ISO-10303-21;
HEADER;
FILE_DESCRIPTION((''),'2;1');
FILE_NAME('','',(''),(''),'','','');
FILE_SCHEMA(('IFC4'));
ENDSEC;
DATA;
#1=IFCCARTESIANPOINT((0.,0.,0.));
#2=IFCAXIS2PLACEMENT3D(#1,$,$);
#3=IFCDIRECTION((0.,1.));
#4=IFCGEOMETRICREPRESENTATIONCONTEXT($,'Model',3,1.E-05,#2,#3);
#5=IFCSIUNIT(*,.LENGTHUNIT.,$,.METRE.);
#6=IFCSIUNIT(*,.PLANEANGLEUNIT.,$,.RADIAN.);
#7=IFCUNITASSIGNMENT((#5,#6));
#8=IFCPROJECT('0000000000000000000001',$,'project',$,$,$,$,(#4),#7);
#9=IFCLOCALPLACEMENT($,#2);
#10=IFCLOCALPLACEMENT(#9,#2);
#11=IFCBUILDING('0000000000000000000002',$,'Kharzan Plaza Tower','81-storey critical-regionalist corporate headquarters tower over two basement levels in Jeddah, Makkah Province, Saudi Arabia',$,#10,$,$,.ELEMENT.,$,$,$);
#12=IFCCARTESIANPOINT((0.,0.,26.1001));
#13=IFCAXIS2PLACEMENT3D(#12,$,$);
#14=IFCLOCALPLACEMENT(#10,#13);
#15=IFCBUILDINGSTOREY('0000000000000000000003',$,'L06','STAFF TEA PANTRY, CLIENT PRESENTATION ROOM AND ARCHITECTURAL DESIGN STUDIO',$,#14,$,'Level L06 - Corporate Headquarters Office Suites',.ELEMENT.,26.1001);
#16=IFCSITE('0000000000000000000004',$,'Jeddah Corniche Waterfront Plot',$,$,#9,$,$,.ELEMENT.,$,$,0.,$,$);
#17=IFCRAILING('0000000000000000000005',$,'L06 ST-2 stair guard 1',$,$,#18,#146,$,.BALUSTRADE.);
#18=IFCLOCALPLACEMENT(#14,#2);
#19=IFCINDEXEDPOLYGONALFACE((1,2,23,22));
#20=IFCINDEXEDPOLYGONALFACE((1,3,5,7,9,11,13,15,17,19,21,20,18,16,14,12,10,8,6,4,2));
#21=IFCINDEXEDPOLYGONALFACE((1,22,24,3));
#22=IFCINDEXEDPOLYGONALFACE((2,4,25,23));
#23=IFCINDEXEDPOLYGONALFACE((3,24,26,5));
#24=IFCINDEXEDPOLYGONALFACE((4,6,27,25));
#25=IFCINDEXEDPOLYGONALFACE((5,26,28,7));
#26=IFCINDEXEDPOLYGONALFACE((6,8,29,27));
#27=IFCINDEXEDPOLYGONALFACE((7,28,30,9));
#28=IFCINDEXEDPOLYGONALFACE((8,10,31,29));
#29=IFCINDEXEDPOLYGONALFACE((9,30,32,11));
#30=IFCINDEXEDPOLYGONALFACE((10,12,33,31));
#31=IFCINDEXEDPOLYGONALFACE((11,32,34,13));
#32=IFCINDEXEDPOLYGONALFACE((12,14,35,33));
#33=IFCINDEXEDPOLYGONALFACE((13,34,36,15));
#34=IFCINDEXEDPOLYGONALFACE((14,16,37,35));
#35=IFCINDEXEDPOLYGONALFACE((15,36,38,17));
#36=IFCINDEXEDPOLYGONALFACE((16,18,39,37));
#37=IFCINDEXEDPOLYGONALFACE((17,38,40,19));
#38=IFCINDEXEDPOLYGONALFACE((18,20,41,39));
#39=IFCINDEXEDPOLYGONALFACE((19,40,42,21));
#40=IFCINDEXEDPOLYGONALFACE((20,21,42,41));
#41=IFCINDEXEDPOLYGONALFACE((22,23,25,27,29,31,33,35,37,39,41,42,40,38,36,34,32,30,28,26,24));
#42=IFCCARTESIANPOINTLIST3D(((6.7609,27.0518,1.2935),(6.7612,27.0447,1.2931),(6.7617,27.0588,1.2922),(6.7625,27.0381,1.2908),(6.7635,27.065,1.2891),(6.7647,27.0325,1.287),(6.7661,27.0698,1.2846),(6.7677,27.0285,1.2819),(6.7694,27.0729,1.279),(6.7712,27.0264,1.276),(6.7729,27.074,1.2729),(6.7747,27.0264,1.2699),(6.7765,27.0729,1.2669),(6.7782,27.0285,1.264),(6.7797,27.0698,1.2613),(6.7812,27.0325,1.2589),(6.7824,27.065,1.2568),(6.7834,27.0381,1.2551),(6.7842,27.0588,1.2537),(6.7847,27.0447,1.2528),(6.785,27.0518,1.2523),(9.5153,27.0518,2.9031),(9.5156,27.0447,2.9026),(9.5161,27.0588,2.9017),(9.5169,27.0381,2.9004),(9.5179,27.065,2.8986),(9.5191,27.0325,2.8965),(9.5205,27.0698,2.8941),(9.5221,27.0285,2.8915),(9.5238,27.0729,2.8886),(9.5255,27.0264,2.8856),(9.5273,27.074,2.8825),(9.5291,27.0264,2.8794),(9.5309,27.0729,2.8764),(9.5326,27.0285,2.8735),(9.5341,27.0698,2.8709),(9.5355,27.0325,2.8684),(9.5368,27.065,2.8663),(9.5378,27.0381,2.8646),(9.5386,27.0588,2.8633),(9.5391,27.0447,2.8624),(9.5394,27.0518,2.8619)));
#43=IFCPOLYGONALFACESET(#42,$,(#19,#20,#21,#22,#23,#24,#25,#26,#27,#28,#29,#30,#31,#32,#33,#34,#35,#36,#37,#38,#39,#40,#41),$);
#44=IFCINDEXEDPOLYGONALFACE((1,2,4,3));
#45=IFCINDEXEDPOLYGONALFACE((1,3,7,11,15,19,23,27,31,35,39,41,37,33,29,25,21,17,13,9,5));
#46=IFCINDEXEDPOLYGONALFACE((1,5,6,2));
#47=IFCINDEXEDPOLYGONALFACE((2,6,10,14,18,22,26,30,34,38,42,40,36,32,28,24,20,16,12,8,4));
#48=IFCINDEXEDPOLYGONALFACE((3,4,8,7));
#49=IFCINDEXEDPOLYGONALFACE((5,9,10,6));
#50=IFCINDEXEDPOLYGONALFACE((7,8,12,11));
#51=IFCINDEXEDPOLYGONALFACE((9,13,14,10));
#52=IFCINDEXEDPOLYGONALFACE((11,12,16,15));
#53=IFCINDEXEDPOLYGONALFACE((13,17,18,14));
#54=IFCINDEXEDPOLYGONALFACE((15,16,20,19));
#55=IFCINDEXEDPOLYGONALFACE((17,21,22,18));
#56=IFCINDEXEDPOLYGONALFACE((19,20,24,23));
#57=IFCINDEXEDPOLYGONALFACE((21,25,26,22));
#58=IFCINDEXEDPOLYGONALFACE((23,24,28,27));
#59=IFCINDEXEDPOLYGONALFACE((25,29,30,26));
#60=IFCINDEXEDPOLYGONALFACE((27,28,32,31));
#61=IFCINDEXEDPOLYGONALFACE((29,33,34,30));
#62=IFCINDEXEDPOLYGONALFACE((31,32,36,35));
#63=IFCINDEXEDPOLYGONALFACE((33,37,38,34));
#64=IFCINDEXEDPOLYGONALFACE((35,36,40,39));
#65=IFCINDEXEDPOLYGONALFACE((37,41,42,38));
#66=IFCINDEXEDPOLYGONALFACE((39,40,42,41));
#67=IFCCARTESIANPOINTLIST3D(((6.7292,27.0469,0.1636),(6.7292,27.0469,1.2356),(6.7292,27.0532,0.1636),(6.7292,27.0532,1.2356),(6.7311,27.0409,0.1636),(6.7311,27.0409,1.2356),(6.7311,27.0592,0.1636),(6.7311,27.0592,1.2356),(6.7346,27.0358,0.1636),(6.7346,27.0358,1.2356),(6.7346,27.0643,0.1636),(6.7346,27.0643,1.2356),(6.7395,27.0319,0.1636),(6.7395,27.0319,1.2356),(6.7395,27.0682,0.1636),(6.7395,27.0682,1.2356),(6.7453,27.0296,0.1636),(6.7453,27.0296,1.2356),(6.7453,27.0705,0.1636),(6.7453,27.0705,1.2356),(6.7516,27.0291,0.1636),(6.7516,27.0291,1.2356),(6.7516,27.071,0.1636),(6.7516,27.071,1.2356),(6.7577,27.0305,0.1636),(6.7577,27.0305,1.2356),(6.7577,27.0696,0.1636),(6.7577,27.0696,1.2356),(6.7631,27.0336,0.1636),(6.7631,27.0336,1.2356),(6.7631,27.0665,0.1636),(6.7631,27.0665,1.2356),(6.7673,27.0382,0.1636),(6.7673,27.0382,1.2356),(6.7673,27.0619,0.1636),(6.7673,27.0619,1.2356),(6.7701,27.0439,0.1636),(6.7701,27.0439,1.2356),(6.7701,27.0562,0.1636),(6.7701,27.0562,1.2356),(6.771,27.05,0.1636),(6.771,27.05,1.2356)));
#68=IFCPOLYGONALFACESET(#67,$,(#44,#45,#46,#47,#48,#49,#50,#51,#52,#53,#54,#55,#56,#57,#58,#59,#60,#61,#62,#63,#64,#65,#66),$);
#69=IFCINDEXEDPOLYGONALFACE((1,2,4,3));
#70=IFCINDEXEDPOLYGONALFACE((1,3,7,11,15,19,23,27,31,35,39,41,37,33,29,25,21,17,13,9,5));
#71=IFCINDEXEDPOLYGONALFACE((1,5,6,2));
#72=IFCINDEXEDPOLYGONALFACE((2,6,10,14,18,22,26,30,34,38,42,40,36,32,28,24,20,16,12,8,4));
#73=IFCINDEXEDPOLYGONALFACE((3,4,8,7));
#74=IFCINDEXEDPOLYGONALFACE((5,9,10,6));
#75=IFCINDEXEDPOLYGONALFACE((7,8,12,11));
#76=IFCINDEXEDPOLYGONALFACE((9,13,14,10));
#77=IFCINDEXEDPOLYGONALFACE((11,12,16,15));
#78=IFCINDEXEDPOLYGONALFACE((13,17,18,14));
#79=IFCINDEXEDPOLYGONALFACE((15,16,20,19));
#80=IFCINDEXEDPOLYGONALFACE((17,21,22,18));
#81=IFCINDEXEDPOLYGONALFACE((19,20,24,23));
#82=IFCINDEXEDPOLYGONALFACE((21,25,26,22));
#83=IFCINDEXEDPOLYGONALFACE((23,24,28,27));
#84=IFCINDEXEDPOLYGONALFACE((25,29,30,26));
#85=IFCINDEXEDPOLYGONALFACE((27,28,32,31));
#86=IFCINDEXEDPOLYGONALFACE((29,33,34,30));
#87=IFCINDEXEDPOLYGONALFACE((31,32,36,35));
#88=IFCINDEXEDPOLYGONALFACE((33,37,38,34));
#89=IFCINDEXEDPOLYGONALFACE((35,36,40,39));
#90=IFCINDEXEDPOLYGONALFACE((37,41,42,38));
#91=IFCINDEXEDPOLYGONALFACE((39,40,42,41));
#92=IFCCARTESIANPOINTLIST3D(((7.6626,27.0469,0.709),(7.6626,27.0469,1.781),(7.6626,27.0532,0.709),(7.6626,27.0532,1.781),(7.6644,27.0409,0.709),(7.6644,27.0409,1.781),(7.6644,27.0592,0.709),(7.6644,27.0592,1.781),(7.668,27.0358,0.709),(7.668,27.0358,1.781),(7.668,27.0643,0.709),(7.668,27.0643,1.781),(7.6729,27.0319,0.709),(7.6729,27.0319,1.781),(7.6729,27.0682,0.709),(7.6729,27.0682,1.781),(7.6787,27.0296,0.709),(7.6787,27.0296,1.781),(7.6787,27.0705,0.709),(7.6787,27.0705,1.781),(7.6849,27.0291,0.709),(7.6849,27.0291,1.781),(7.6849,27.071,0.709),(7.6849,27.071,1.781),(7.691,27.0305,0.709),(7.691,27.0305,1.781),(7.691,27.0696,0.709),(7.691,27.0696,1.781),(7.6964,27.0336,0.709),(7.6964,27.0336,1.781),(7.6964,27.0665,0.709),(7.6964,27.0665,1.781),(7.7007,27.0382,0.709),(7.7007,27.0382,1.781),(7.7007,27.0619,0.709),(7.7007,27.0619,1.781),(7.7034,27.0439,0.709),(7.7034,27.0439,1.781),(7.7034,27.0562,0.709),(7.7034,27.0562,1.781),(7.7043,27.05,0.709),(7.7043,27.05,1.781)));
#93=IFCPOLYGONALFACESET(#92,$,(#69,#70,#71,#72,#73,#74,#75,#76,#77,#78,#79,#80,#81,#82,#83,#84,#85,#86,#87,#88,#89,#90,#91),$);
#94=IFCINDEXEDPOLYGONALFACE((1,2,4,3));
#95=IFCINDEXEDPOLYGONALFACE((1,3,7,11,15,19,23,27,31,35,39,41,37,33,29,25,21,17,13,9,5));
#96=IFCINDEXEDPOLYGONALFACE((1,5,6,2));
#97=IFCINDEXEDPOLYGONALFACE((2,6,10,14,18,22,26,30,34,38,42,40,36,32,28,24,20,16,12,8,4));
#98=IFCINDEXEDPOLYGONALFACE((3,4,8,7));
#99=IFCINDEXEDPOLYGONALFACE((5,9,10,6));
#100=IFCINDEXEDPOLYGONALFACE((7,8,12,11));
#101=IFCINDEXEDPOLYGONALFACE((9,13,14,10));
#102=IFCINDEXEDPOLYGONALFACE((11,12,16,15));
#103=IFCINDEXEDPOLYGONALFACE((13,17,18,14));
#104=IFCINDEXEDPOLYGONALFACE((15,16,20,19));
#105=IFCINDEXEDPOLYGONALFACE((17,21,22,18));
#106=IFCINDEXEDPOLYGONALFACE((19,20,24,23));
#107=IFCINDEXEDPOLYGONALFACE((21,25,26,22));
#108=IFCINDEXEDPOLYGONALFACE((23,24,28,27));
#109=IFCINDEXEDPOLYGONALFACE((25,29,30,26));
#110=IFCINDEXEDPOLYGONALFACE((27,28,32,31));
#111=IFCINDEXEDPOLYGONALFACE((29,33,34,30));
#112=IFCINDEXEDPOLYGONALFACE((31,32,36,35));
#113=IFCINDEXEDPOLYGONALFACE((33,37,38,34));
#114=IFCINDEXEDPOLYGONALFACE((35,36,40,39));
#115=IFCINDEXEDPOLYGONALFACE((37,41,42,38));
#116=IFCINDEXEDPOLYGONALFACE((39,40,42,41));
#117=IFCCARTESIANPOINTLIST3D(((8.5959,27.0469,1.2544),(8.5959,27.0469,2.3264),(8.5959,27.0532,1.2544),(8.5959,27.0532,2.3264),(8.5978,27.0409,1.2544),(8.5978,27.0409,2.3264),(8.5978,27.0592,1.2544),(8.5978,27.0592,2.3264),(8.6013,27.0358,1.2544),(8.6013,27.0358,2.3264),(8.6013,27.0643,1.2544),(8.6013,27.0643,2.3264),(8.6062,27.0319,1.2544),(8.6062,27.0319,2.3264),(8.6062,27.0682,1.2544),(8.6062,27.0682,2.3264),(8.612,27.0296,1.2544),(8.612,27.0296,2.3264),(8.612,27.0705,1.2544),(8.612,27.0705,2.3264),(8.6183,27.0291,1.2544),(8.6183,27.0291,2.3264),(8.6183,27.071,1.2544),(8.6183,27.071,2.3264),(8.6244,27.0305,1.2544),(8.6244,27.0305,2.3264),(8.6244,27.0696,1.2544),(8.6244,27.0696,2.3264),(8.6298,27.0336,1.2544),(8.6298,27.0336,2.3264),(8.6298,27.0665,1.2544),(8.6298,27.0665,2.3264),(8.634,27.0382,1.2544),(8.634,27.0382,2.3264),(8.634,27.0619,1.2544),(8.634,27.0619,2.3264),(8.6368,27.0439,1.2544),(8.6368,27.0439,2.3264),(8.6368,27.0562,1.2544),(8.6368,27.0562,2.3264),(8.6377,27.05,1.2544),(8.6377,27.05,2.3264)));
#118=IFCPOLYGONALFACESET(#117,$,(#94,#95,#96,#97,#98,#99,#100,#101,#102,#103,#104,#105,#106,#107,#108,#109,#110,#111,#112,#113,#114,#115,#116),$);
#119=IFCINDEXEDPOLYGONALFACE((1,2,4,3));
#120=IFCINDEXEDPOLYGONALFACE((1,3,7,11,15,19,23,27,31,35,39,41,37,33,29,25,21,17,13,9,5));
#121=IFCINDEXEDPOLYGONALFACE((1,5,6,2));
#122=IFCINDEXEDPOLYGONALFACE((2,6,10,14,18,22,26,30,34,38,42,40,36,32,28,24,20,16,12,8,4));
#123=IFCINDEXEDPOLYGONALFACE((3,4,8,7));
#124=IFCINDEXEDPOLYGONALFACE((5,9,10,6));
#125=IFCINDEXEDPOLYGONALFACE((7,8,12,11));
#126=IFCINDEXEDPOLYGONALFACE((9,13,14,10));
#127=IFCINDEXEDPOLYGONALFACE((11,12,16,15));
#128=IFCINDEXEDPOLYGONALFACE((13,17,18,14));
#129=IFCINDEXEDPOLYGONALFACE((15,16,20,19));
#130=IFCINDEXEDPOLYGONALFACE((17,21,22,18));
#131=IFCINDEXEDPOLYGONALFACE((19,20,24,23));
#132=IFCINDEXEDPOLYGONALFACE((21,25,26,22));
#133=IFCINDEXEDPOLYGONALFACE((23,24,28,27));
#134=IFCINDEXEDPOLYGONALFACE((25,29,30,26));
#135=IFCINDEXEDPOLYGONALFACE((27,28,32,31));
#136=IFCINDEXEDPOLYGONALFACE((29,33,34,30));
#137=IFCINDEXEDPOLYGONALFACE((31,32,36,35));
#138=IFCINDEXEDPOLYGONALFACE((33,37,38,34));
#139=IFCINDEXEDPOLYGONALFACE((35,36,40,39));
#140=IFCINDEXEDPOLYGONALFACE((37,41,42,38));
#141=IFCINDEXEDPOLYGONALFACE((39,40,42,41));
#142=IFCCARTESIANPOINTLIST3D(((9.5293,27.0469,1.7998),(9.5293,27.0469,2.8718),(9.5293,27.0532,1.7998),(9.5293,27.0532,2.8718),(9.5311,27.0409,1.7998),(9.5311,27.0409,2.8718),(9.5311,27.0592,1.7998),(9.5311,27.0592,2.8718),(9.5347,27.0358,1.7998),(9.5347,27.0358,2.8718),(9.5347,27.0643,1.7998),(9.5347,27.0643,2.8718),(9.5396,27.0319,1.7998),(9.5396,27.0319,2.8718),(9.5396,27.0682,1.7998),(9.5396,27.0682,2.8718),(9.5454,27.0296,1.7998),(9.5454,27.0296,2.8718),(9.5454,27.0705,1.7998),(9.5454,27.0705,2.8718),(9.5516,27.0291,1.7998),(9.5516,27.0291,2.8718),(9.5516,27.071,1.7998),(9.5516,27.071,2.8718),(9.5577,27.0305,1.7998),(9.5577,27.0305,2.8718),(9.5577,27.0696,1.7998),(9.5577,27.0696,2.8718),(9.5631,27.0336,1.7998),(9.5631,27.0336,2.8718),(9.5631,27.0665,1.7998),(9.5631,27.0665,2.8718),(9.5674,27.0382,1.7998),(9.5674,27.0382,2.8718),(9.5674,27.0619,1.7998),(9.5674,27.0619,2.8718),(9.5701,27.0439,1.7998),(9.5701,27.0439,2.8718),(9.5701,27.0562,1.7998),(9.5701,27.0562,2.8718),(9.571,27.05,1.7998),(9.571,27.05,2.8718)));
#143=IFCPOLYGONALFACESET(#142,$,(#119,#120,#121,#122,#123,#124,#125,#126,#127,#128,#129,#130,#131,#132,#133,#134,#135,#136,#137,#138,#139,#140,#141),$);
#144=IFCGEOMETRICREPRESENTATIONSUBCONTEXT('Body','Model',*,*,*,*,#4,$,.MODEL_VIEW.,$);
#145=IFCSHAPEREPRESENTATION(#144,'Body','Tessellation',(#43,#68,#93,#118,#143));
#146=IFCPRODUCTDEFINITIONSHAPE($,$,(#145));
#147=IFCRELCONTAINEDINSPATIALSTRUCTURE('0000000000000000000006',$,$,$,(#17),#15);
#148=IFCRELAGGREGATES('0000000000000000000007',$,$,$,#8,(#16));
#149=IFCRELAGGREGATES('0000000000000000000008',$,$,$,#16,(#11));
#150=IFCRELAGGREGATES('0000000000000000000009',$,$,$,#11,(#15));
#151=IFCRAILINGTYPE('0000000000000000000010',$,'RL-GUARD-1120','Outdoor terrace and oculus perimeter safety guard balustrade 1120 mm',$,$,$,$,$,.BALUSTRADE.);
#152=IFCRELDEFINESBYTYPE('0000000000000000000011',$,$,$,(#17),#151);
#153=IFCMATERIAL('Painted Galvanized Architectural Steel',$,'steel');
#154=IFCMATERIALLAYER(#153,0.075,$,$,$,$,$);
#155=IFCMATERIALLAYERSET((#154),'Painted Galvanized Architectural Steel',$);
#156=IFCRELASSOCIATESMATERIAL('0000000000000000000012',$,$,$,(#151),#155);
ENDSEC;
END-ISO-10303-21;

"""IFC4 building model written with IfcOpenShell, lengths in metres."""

from ifc_helpers import new_model, si_unit, direction, frame, origin, origin_2d, place, context, subcontext, project, spatial, circle, extrude, source, transform, mapped, material, layer, layer_set, type_object, element, save


model = new_model("IFC4")

# Units and contexts
model_context = context("Model", 3, precision=1e-05, world=origin(), true_north=direction((0.0, 1.0)))
body_context = subcontext(model_context, "Body", "Model", "MODEL_VIEW")
ifc_project = project(units=[si_unit("LENGTHUNIT", "METRE"), si_unit("PLANEANGLEUNIT", "RADIAN")], contexts=[model_context])

# Site, building, storey
site_placement = place(None, origin())
site = spatial("IfcSite", under=ifc_project, at=site_placement, Name="Jeddah Corniche Waterfront Plot", CompositionType="ELEMENT", RefElevation=0.0)
building_placement = place(site_placement, origin())
building = spatial("IfcBuilding", under=site, at=building_placement, Name="Kharzan Plaza Tower", Description="81-storey critical-regionalist corporate headquarters tower over two basement levels in Jeddah, Makkah Province, Saudi Arabia", CompositionType="ELEMENT")
storey_placement = place(building_placement, frame((0.0, 0.0, 26.1001)))
storey = spatial("IfcBuildingStorey", under=building, at=storey_placement, Name="L06", Description="STAFF TEA PANTRY, CLIENT PRESENTATION ROOM AND ARCHITECTURAL DESIGN STUDIO", LongName="Level L06 - Corporate Headquarters Office Suites", CompositionType="ELEMENT", Elevation=26.1001)

# Railing
ifc_material_1 = material(Name="Painted Galvanized Architectural Steel", Category="steel")
ifc_layer_1 = layer(ifc_material_1, 0.075)
ifc_layer_set_1 = layer_set([ifc_layer_1], Name="Painted Galvanized Architectural Steel")
railing_type_1 = type_object("IfcRailingType", Name="RL-GUARD-1120", Description="Outdoor terrace and oculus perimeter safety guard balustrade 1120 mm", PredefinedType="BALUSTRADE", material=ifc_layer_set_1)
shared_shape_1 = source(origin(), body_context, "Body", "SweptSolid", [
    extrude(circle(Radius=0.0239, at=origin_2d()), frame((0.0229, 0.0, 1.1094), z_axis=(0.863394, 0.0, 0.504531), x_axis=(0.0, 1.0, 0.0)), (0.0, 0.0, 1.0), 3.1902),
    extrude(circle(Radius=0.021, at=origin_2d()), origin(), (0.0, 0.0, 1.0), 1.072),
    extrude(circle(Radius=0.021, at=origin_2d()), frame((0.9333, 0.0, 0.5454)), (0.0, 0.0, 1.0), 1.072),
    extrude(circle(Radius=0.021, at=origin_2d()), frame((1.8667, 0.0, 1.0908)), (0.0, 0.0, 1.0), 1.072),
    extrude(circle(Radius=0.021, at=origin_2d()), frame((2.8, 0.0, 1.6362)), (0.0, 0.0, 1.0), 1.072),
])
railing_1_placement = place(storey_placement, frame((6.75, 27.05, 0.1636)))
element("IfcRailing", 1, at=railing_1_placement, inside=storey, type_object=railing_type_1, Name="L06 ST-2 stair guard 1", PredefinedType="BALUSTRADE", context=body_context, shape_type="MappedRepresentation", body=[
    mapped(shared_shape_1, transform((0.0, 0.0, 0.0), x_axis=(1.0, 0.0, 0.0), y_axis=(0.0, 1.0, 0.0), z_axis=(0.0, 0.0, 1.0))),
])

save(model, "model.ifc")
